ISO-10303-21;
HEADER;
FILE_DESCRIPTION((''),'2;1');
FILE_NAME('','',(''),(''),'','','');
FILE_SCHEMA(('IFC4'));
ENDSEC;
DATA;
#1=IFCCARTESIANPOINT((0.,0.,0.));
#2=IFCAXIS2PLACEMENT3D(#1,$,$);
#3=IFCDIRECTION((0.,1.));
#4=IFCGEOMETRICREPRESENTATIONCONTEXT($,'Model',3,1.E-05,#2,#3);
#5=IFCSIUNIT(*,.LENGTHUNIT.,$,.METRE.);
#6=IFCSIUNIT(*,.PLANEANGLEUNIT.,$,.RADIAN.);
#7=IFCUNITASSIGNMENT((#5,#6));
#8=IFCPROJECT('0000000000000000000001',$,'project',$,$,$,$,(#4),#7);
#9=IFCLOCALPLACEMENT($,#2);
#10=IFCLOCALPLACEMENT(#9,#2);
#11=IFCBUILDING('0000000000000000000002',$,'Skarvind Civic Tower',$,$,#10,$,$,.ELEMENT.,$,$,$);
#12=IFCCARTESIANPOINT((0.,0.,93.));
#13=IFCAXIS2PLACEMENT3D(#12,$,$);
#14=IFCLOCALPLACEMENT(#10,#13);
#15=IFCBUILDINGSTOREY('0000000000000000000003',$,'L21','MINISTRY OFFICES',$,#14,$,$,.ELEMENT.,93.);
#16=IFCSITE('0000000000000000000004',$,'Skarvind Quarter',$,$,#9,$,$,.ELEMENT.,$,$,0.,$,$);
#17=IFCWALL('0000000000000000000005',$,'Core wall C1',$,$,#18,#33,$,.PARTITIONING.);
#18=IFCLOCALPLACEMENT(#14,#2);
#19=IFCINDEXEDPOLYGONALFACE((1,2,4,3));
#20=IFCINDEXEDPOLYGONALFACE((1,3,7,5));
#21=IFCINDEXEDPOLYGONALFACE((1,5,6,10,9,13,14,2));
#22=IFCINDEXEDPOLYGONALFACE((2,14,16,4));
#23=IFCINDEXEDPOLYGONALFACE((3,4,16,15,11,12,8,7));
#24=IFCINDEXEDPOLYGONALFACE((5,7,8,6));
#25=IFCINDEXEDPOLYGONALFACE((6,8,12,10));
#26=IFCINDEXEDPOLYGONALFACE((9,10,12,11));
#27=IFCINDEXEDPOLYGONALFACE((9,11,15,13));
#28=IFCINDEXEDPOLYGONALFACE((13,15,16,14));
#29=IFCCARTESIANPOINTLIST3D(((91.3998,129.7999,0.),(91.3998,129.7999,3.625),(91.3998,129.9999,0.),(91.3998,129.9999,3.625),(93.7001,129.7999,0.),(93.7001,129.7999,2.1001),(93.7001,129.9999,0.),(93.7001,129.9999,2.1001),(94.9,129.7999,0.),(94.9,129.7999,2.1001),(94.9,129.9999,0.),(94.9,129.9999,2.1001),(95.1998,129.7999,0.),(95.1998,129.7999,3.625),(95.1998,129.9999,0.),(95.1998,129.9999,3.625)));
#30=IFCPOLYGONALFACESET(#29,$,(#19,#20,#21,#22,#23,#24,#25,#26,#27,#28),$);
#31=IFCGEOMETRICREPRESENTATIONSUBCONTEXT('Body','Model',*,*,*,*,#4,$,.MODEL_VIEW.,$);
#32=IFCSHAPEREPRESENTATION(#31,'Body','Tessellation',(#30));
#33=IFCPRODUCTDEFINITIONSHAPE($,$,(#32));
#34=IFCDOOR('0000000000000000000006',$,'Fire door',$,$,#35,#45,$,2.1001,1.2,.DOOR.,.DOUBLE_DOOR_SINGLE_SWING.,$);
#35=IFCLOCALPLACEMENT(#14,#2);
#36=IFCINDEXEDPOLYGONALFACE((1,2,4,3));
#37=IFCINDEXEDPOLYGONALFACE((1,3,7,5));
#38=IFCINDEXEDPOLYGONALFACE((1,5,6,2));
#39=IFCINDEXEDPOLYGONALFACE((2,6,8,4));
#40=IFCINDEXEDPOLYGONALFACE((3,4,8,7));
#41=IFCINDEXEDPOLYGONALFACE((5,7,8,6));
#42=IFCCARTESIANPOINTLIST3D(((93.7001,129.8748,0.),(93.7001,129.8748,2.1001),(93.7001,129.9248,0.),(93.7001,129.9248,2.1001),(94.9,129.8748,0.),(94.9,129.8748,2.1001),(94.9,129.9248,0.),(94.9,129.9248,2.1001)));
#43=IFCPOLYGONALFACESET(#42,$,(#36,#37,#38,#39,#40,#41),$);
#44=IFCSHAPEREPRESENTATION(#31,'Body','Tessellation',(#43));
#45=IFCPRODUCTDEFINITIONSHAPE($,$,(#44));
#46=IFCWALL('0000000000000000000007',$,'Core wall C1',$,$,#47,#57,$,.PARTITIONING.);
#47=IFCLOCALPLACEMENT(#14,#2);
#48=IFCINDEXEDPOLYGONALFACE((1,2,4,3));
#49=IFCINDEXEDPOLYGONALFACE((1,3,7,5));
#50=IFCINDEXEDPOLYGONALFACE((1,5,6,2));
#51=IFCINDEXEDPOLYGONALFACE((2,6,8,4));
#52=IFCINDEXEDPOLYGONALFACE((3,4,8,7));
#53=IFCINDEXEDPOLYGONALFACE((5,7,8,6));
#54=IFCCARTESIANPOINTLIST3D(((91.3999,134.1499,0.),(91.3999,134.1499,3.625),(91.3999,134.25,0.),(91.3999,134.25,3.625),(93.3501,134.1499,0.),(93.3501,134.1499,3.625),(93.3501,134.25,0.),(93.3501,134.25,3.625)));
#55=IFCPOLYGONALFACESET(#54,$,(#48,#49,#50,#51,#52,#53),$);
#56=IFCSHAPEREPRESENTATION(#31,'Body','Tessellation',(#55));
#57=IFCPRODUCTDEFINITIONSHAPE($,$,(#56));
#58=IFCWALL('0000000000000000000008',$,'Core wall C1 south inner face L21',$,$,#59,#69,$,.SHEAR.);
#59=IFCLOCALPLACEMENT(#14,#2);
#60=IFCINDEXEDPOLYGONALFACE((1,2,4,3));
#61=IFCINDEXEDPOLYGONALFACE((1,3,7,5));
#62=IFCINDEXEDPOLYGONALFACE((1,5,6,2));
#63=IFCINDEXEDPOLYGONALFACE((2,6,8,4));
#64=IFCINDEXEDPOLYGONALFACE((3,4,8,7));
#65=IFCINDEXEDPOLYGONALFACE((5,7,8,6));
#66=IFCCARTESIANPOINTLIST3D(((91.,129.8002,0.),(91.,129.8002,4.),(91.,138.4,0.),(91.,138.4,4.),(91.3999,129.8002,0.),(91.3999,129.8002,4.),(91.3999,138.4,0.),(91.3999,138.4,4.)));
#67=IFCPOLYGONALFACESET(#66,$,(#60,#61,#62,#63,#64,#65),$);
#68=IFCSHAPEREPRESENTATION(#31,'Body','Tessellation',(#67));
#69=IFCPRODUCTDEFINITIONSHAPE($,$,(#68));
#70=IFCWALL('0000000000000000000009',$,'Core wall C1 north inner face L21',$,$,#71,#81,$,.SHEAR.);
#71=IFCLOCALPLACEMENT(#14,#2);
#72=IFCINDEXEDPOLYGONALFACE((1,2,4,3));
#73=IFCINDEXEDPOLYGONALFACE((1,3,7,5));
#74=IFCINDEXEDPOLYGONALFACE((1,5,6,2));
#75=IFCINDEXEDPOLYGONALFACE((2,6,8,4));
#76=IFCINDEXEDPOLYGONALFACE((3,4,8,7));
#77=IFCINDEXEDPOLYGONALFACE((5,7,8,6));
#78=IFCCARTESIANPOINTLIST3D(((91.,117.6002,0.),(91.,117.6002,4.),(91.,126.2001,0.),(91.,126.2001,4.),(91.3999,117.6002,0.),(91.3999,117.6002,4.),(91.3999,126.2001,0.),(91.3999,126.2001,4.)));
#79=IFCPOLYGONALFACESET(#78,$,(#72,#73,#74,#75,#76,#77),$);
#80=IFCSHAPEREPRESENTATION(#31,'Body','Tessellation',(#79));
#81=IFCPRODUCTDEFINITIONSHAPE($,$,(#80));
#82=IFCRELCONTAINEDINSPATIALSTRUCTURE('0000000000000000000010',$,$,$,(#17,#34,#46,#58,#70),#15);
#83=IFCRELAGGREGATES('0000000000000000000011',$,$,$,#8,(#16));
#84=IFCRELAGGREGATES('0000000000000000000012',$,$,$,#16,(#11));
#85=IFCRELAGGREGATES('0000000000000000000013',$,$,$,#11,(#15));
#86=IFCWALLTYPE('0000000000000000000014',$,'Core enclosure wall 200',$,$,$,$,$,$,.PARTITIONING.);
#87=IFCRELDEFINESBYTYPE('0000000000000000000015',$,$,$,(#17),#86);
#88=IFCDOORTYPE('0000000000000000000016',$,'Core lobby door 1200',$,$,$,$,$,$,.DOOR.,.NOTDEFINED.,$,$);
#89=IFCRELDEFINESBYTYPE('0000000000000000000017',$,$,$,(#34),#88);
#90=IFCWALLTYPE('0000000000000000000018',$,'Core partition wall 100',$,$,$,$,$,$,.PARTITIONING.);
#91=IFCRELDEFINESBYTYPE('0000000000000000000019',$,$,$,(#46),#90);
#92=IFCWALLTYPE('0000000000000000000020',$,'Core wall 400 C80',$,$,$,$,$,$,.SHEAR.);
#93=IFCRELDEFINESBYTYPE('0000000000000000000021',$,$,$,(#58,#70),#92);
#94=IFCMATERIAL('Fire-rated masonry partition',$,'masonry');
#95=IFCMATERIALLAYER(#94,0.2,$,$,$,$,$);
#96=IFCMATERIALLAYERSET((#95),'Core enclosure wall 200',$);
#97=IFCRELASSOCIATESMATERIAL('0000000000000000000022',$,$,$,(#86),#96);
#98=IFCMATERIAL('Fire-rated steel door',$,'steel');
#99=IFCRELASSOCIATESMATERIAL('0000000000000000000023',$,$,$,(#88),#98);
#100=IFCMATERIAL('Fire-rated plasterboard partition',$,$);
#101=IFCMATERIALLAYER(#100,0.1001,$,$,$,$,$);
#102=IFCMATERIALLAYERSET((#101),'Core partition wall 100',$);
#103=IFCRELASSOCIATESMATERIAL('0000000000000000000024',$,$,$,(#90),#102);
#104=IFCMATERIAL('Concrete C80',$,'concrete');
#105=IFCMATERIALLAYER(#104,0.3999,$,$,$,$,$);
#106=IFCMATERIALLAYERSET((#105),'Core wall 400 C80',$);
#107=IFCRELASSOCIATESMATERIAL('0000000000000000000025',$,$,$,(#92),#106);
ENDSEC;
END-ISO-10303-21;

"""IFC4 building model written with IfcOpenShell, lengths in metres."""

from ifc_helpers import new_model, si_unit, direction, frame, frame_2d, origin, place, context, subcontext, project, spatial, rectangle, extrude, material, layer, layer_set, type_object, element, fill, save


model = new_model("IFC4")

# Units and contexts
model_context = context("Model", 3, precision=1e-05, world=origin(), true_north=direction((0.0, 1.0)))
body_context = subcontext(model_context, "Body", "Model", "MODEL_VIEW")
ifc_project = project(units=[si_unit("LENGTHUNIT", "METRE"), si_unit("PLANEANGLEUNIT", "RADIAN")], contexts=[model_context])

# Site, building, storey
site_placement = place(None, origin())
site = spatial("IfcSite", under=ifc_project, at=site_placement, Name="Skarvind Quarter", CompositionType="ELEMENT", RefElevation=0.0)
building_placement = place(site_placement, origin())
building = spatial("IfcBuilding", under=site, at=building_placement, Name="Skarvind Civic Tower", CompositionType="ELEMENT")
storey_placement = place(building_placement, frame((0.0, 0.0, 93.0)))
storey = spatial("IfcBuildingStorey", under=building, at=storey_placement, Name="L21", Description="MINISTRY OFFICES", CompositionType="ELEMENT", Elevation=93.0)

# Shared definitions
ifc_material_1 = material(Name="Concrete C80", Category="concrete")

# Wall, opening, door
ifc_material_2 = material(Name="Fire-rated masonry partition", Category="masonry")
ifc_layer_1 = layer(ifc_material_2, 0.2)
ifc_layer_set_1 = layer_set([ifc_layer_1], Name="Core enclosure wall 200")
wall_type_1 = type_object("IfcWallType", Name="Core enclosure wall 200", PredefinedType="PARTITIONING", material=ifc_layer_set_1)
wall_1_placement = place(storey_placement, frame((91.3999, 129.8999, 0.0), z_axis=(0.0, 0.0, 1.0), x_axis=(1.0, 0.0, 0.0)))
wall_1 = element("IfcWall", 1, at=wall_1_placement, inside=storey, type_object=wall_type_1, Name="Core wall C1", PredefinedType="PARTITIONING", context=body_context, shape_type="SweptSolid", body=[
    extrude(rectangle(XDim=3.8, YDim=0.2, at=frame_2d((1.8999, 0.0))), origin(), (0.0, 0.0, 1.0), 3.625),
])
opening_1_placement = place(wall_1_placement, frame((2.3, 0.0, 0.0)))
opening_1 = element("IfcOpeningElement", 2, at=opening_1_placement, cuts=wall_1, PredefinedType="OPENING", context=body_context, shape_type="SweptSolid", body=[
    extrude(rectangle(XDim=1.2, YDim=2.1001, at=frame_2d((0.6001, 1.05))), frame((0.0, 0.1099, 0.0), z_axis=(0.0, -1.0, 0.0), x_axis=(1.0, 0.0, 0.0)), (0.0, 0.0, 1.0), 0.22),
])
ifc_material_3 = material(Name="Fire-rated steel door", Category="steel")
door_type_1 = type_object("IfcDoorType", Name="Core lobby door 1200", OperationType="NOTDEFINED", PredefinedType="DOOR", material=ifc_material_3)
door_1_placement = place(opening_1_placement, origin())
door_1 = element("IfcDoor", 3, at=door_1_placement, inside=storey, type_object=door_type_1, Name="Fire door", OperationType="DOUBLE_DOOR_SINGLE_SWING", OverallHeight=2.1001, OverallWidth=1.2, PredefinedType="DOOR", context=body_context, shape_type="SweptSolid", body=[
    extrude(rectangle(XDim=1.2, YDim=2.1001, at=frame_2d((0.6001, 1.05))), frame((0.0, 0.0249, 0.0), z_axis=(0.0, -1.0, 0.0), x_axis=(1.0, 0.0, 0.0)), (0.0, 0.0, 1.0), 0.05),
])
fill(opening_1, door_1)

# Walls
ifc_material_4 = material(Name="Fire-rated plasterboard partition")
ifc_layer_2 = layer(ifc_material_4, 0.1001)
ifc_layer_set_2 = layer_set([ifc_layer_2], Name="Core partition wall 100")
wall_type_2 = type_object("IfcWallType", Name="Core partition wall 100", PredefinedType="PARTITIONING", material=ifc_layer_set_2)
wall_2_placement = place(storey_placement, frame((91.3999, 134.2, 0.0), z_axis=(0.0, 0.0, 1.0), x_axis=(1.0, 0.0, 0.0)))
element("IfcWall", 4, at=wall_2_placement, inside=storey, type_object=wall_type_2, Name="Core wall C1", PredefinedType="PARTITIONING", context=body_context, shape_type="SweptSolid", body=[
    extrude(rectangle(XDim=1.9502, YDim=0.1001, at=frame_2d((0.9751, 0.0))), origin(), (0.0, 0.0, 1.0), 3.625),
])
ifc_layer_3 = layer(ifc_material_1, 0.3999)
ifc_layer_set_3 = layer_set([ifc_layer_3], Name="Core wall 400 C80")
wall_type_3 = type_object("IfcWallType", Name="Core wall 400 C80", PredefinedType="SHEAR", material=ifc_layer_set_3)
for number, where, z_axis, x_axis, name in (
    (5, (91.2, 138.3999, 0.0), (0.0, 0.0, 1.0), (0.0, -1.0, 0.0), "Core wall C1 south inner face L21"),
    (6, (91.2, 126.2, 0.0), (0.0, 0.0, 1.0), (0.0, -1.0, 0.0), "Core wall C1 north inner face L21"),
):
    element("IfcWall", number, at=place(storey_placement, frame(where, z_axis=z_axis, x_axis=x_axis)), inside=storey, type_object=wall_type_3, Name=name, PredefinedType="SHEAR", context=body_context, shape_type="SweptSolid", body=[
        extrude(rectangle(XDim=8.5999, YDim=0.3999, at=frame_2d((4.2998, 0.0))), origin(), (0.0, 0.0, 1.0), 4.0),
    ])

save(model, "model.ifc")
